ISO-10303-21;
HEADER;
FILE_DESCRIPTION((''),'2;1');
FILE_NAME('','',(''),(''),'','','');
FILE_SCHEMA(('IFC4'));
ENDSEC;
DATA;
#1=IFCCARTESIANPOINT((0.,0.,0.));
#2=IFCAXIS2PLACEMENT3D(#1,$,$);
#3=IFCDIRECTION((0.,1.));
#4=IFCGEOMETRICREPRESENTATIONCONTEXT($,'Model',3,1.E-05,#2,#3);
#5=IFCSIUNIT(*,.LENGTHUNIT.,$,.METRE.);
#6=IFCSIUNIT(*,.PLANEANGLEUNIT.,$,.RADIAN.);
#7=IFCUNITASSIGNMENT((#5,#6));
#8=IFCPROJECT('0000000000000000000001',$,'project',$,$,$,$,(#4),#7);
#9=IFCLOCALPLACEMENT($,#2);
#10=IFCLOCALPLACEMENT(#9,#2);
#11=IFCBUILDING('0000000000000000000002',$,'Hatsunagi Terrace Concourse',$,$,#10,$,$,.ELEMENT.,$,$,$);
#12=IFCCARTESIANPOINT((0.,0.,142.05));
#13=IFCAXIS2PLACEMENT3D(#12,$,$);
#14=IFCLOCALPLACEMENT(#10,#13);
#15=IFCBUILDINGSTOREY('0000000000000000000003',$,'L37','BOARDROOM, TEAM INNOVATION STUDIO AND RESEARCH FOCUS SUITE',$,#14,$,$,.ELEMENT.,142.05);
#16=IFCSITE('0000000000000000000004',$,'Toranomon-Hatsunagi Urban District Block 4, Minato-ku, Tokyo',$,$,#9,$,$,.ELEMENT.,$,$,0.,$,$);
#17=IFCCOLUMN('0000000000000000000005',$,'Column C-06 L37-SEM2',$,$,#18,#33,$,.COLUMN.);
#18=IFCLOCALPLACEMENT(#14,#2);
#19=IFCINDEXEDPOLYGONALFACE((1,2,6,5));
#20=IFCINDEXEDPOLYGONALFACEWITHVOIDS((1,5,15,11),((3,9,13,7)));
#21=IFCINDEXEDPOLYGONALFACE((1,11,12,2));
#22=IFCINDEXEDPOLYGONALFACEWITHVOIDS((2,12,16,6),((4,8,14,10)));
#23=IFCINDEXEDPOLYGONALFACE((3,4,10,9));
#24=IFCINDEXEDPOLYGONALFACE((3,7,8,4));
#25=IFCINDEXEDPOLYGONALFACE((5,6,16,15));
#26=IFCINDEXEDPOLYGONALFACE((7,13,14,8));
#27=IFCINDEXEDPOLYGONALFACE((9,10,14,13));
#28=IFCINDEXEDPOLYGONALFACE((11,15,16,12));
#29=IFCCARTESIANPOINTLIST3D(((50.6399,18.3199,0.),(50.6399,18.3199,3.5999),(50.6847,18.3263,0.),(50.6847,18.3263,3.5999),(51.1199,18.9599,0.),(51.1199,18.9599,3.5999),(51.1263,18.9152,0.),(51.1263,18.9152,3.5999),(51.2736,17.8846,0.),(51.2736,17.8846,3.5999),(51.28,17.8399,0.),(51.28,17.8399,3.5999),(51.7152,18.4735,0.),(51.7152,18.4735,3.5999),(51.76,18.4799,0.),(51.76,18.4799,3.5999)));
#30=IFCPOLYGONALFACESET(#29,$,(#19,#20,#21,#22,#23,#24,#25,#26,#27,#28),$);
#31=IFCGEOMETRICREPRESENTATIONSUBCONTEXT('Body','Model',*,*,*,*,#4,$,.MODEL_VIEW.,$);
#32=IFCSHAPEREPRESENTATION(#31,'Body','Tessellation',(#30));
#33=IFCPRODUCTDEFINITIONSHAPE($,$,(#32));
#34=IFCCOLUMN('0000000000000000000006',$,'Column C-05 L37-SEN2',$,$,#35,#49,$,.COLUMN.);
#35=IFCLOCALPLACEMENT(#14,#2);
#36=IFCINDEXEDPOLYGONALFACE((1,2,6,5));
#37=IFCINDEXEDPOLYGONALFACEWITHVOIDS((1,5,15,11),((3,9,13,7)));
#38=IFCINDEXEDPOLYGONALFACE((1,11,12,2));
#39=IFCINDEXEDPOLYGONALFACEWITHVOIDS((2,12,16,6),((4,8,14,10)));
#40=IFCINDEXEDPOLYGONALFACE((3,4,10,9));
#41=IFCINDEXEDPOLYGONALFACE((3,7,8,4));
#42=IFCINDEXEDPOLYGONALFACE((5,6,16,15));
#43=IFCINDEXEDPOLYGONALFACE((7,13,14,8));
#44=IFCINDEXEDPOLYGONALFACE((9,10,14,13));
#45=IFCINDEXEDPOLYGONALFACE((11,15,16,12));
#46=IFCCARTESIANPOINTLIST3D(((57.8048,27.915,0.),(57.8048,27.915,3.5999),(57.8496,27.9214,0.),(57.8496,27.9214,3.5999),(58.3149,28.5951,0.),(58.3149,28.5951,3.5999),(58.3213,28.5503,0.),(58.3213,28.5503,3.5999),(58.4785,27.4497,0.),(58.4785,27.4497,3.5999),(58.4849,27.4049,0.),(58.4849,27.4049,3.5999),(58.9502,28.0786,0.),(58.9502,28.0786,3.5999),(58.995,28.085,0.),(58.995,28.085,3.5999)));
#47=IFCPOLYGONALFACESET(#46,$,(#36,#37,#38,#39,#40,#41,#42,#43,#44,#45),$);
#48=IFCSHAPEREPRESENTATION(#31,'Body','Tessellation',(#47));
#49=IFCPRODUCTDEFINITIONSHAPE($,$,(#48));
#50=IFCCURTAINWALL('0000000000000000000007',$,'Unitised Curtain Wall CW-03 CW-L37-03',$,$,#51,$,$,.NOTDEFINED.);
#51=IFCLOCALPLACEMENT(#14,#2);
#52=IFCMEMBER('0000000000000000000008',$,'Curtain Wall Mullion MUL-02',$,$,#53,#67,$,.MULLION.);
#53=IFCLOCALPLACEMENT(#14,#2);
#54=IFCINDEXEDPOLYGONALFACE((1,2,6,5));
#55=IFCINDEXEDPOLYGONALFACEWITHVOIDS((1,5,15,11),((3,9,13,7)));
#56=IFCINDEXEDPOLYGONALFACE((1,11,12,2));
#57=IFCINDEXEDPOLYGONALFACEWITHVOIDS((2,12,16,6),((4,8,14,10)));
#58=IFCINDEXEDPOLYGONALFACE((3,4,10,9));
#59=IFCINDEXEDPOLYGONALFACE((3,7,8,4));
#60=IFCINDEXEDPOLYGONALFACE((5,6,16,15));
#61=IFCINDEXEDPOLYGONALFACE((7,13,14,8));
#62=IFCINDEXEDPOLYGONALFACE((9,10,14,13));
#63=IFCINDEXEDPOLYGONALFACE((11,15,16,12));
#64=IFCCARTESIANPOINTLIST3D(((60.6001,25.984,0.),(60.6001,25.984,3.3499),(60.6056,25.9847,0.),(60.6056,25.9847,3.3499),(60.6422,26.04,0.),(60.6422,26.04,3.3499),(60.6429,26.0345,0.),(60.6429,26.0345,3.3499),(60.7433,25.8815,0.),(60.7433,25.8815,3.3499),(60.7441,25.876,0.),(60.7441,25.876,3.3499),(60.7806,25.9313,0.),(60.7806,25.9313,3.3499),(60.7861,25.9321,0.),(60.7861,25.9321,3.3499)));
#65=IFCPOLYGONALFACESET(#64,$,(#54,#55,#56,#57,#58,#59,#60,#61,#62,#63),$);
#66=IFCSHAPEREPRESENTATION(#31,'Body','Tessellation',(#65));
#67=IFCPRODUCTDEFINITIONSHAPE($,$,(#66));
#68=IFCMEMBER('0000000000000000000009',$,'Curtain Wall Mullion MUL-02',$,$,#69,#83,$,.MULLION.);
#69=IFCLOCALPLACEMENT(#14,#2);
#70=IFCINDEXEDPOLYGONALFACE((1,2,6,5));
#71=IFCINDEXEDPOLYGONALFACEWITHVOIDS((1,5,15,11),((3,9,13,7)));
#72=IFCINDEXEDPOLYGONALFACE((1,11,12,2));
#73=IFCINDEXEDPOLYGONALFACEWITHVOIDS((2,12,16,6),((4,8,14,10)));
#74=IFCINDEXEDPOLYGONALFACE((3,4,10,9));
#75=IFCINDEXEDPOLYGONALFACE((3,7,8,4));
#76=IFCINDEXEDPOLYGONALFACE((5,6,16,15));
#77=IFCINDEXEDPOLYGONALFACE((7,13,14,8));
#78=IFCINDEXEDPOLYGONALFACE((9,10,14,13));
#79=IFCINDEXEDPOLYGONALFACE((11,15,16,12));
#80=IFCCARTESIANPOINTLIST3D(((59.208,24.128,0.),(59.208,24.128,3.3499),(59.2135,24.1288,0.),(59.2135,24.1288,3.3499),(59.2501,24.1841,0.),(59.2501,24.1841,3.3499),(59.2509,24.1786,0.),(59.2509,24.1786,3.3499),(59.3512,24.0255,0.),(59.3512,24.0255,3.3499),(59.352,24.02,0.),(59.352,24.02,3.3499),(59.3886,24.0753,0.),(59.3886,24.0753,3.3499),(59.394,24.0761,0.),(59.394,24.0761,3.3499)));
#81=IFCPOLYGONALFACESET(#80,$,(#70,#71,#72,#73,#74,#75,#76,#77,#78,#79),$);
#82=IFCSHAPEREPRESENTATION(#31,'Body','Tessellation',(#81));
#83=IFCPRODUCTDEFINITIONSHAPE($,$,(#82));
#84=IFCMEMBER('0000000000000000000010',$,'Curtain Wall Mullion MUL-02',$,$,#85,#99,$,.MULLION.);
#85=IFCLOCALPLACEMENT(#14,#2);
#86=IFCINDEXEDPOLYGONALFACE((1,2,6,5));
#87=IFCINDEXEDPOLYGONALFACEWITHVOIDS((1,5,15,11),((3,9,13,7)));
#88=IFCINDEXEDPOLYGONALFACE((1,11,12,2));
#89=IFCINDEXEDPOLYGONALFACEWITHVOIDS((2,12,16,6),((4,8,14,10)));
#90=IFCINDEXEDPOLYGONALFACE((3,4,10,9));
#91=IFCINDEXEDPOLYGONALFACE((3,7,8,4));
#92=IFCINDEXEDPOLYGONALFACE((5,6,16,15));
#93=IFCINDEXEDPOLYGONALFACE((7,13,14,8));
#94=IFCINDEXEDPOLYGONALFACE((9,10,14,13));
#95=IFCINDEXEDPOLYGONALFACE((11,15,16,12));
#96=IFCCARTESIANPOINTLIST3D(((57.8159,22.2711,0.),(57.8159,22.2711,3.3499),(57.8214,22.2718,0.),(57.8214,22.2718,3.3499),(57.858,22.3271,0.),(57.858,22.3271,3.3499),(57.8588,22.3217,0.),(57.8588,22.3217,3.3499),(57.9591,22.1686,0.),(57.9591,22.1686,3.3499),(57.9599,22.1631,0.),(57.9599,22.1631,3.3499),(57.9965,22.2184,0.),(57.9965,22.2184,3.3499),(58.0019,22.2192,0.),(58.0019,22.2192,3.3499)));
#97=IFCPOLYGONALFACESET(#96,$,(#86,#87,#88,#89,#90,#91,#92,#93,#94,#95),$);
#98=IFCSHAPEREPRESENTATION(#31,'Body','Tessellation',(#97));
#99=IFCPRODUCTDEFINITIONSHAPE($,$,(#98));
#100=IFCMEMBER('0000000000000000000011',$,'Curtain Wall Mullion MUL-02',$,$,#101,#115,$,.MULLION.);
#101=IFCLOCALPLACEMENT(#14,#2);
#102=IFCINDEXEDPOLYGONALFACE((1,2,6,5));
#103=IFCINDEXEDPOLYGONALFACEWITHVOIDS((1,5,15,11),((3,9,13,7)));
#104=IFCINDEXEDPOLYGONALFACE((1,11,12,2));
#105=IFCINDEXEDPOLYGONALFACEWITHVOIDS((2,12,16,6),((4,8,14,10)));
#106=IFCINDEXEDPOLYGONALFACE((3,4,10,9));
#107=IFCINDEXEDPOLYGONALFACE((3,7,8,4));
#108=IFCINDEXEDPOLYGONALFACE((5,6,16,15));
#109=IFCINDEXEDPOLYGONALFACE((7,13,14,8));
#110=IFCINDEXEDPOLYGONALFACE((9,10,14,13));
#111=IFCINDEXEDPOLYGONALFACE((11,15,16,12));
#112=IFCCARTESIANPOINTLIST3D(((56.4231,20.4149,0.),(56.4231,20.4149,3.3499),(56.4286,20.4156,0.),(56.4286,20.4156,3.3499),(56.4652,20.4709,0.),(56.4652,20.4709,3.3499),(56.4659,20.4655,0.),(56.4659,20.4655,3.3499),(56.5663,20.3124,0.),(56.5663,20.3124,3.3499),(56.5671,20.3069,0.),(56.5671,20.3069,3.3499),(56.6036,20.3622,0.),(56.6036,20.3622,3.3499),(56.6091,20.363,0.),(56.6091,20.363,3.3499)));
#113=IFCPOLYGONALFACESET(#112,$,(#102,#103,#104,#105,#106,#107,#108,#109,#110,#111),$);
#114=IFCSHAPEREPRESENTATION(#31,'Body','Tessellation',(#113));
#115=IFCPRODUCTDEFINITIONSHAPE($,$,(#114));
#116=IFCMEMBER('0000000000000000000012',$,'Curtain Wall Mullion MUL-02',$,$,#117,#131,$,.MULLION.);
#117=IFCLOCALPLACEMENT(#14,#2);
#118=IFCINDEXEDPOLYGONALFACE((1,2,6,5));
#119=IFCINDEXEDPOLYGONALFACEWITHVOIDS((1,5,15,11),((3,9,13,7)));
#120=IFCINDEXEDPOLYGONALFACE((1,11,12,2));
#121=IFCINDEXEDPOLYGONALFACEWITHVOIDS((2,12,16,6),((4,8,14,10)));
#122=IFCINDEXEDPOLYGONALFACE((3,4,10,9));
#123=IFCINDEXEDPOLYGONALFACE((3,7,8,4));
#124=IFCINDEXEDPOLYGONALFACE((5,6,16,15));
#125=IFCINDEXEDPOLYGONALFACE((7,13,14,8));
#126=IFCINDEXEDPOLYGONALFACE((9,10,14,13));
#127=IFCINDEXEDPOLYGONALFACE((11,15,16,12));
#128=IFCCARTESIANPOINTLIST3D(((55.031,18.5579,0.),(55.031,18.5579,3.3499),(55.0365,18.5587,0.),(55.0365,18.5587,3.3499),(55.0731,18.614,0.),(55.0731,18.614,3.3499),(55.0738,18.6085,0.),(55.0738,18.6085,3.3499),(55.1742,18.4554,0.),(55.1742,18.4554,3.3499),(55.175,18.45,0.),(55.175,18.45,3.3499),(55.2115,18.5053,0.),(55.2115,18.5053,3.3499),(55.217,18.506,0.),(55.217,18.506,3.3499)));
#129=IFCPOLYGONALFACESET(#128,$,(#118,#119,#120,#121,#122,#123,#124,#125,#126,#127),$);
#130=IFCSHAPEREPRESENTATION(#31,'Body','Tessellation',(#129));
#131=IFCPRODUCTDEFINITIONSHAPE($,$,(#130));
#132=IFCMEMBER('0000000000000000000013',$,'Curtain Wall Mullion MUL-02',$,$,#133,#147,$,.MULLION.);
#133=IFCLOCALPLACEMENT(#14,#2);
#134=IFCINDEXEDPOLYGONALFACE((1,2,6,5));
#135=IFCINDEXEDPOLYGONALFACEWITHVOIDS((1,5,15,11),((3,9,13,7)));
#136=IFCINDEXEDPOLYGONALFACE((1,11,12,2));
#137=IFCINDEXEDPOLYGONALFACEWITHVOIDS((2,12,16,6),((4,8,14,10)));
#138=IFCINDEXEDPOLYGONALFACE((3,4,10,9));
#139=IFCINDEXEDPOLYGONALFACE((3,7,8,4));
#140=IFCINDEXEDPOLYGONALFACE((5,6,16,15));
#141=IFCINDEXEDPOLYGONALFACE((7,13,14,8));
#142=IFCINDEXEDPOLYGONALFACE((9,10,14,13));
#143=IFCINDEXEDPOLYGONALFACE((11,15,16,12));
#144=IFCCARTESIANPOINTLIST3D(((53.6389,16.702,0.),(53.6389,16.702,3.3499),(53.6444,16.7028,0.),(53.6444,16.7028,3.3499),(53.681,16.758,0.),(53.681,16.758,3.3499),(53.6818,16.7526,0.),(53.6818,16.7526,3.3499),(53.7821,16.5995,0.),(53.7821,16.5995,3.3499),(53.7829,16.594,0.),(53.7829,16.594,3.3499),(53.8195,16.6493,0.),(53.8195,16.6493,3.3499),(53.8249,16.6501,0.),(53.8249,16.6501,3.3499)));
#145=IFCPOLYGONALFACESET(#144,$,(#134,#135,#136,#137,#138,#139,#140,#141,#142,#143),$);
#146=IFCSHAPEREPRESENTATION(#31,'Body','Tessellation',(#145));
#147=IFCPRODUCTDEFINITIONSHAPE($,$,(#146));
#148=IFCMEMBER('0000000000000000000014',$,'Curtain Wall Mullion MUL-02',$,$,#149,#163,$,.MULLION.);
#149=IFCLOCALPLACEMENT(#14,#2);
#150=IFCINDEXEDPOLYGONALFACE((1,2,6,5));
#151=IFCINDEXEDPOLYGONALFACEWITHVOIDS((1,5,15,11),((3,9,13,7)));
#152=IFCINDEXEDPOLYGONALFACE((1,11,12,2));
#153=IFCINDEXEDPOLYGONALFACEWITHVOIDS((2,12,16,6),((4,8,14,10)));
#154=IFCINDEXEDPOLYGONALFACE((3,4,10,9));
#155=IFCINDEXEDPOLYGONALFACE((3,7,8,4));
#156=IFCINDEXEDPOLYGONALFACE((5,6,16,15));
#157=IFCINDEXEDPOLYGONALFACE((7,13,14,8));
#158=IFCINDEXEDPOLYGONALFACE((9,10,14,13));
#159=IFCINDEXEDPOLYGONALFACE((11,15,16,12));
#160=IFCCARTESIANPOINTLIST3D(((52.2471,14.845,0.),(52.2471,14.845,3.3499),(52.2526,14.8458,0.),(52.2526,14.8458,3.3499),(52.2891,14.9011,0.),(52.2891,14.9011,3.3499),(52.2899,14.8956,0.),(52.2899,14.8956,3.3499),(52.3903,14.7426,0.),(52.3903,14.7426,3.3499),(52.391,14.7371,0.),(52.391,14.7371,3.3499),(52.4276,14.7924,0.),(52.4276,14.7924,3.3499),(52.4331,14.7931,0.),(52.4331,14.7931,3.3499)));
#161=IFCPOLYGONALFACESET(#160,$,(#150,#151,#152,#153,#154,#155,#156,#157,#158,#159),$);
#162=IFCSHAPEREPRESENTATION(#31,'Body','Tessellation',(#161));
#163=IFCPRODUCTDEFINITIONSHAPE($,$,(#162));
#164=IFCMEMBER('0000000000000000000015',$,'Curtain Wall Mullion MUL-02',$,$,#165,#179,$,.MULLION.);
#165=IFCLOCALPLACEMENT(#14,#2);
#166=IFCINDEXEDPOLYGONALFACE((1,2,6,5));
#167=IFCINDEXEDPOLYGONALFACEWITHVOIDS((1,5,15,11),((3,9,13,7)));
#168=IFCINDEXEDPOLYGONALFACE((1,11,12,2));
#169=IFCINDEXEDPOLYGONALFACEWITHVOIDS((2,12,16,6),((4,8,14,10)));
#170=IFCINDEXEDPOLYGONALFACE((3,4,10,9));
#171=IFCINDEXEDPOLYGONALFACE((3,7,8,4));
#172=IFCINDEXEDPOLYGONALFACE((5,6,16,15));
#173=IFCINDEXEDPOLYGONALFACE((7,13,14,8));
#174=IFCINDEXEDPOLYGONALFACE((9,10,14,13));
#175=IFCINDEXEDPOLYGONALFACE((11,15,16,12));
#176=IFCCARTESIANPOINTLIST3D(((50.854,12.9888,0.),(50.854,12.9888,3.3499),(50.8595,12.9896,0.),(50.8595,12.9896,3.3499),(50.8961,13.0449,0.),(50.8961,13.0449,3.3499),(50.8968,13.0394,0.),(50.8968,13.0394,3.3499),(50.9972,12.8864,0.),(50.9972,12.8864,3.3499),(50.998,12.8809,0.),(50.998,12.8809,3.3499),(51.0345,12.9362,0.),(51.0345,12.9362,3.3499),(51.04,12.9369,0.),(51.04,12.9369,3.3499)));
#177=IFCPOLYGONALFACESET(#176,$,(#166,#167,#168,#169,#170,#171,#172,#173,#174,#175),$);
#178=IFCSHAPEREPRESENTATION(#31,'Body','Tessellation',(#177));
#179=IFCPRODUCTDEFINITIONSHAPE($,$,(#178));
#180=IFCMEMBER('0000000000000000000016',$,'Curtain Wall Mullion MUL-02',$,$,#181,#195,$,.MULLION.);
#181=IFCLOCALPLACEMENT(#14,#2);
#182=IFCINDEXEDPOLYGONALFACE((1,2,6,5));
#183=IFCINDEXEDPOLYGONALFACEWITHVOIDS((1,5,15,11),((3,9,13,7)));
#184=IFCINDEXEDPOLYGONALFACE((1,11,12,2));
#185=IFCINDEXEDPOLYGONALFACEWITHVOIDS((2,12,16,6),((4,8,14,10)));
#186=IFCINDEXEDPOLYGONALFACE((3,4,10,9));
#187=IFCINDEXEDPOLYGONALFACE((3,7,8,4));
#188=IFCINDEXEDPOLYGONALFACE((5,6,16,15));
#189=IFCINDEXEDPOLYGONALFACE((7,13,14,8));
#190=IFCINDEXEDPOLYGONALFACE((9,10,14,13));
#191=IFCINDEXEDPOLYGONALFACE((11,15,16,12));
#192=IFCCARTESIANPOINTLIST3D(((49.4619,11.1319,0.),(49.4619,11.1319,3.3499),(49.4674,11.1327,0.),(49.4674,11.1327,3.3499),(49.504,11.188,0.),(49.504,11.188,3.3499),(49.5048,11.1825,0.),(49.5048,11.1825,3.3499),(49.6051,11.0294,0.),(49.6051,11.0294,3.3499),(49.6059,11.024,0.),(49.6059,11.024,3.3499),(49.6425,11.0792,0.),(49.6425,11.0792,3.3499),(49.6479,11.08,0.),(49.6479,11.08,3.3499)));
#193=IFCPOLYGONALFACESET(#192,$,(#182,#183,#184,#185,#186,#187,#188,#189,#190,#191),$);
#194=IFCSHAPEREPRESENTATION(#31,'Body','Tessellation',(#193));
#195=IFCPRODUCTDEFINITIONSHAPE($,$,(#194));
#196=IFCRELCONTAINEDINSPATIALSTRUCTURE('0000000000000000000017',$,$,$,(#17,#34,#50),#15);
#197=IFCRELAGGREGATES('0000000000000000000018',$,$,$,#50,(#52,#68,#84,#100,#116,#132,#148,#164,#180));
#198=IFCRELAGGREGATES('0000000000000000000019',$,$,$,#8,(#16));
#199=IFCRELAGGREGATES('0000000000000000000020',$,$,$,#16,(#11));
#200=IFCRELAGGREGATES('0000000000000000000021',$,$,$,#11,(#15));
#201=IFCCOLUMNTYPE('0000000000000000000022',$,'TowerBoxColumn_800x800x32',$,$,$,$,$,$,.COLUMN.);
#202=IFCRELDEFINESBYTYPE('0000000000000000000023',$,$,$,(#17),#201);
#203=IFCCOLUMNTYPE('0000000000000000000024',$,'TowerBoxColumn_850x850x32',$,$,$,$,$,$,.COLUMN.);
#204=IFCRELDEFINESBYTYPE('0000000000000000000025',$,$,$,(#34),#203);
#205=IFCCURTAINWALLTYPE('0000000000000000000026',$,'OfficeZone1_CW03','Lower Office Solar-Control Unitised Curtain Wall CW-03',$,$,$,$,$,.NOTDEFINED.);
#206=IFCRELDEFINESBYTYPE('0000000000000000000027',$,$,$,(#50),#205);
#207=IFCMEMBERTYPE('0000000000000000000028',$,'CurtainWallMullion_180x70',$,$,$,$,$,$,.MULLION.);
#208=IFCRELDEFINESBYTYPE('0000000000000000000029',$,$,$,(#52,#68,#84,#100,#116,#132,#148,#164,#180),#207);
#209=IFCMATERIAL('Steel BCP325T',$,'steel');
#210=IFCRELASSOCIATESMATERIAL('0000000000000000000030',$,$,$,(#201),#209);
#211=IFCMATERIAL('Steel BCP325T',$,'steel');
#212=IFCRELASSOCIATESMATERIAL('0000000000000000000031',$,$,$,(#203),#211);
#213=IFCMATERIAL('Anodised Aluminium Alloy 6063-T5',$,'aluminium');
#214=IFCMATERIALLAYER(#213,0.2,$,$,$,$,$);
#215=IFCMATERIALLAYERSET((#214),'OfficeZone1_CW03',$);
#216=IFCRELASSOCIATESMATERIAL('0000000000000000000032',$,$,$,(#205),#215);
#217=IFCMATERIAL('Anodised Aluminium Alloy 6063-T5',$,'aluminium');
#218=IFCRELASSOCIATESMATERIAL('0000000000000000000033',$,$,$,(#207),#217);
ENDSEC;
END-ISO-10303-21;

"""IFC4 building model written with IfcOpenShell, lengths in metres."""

from ifc_helpers import new_model, si_unit, direction, frame, origin, origin_2d, place, context, subcontext, project, spatial, hollow_rectangle, extrude, material, layer, layer_set, material_profile, profile_set, type_object, element, aggregate, save


model = new_model("IFC4")

# Units and contexts
model_context = context("Model", 3, precision=1e-05, world=origin(), true_north=direction((0.0, 1.0)))
body_context = subcontext(model_context, "Body", "Model", "MODEL_VIEW")
ifc_project = project(units=[si_unit("LENGTHUNIT", "METRE"), si_unit("PLANEANGLEUNIT", "RADIAN")], contexts=[model_context])

# Site, building, storey
site_placement = place(None, origin())
site = spatial("IfcSite", under=ifc_project, at=site_placement, Name="Toranomon-Hatsunagi Urban District Block 4, Minato-ku, Tokyo", CompositionType="ELEMENT", RefElevation=0.0)
building_placement = place(site_placement, origin())
building = spatial("IfcBuilding", under=site, at=building_placement, Name="Hatsunagi Terrace Concourse", CompositionType="ELEMENT")
storey_placement = place(building_placement, frame((0.0, 0.0, 142.05)))
storey = spatial("IfcBuildingStorey", under=building, at=storey_placement, Name="L37", Description="BOARDROOM, TEAM INNOVATION STUDIO AND RESEARCH FOCUS SUITE", CompositionType="ELEMENT", Elevation=142.05)

# Columns
ifc_material_1 = material(Name="Steel BCP325T", Category="steel")
ifc_material_profile_1 = material_profile(ifc_material_1, hollow_rectangle(XDim=0.8, YDim=0.8, WallThickness=0.032, at=origin_2d()), Name="BCP-800x800x32")
ifc_profile_set_1 = profile_set([ifc_material_profile_1], Name="Steel BCP325T")
column_type_1 = type_object("IfcColumnType", Name="TowerBoxColumn_800x800x32", PredefinedType="COLUMN", material=ifc_profile_set_1)
column_1_placement = place(storey_placement, frame((51.2, 18.3999, 0.0), z_axis=(0.0, 0.0, 1.0), x_axis=(0.8, -0.6, 0.0)))
element("IfcColumn", 1, at=column_1_placement, inside=storey, type_object=column_type_1, Name="Column C-06 L37-SEM2", PredefinedType="COLUMN", context=body_context, shape_type="SweptSolid", body=[
    extrude(hollow_rectangle(XDim=0.8, YDim=0.8, WallThickness=0.032, at=origin_2d()), origin(), (0.0, 0.0, 1.0), 3.5999),
])
ifc_material_2 = material(Name="Steel BCP325T", Category="steel")
ifc_material_profile_2 = material_profile(ifc_material_2, hollow_rectangle(XDim=0.8501, YDim=0.8501, WallThickness=0.032, at=origin_2d()), Name="BCP-850x850x32")
ifc_profile_set_2 = profile_set([ifc_material_profile_2], Name="Steel BCP325T")
column_type_2 = type_object("IfcColumnType", Name="TowerBoxColumn_850x850x32", PredefinedType="COLUMN", material=ifc_profile_set_2)
column_2_placement = place(storey_placement, frame((58.3999, 28.0, 0.0), z_axis=(0.0, 0.0, 1.0), x_axis=(0.8, -0.6, 0.0)))
element("IfcColumn", 2, at=column_2_placement, inside=storey, type_object=column_type_2, Name="Column C-05 L37-SEN2", PredefinedType="COLUMN", context=body_context, shape_type="SweptSolid", body=[
    extrude(hollow_rectangle(XDim=0.8501, YDim=0.8501, WallThickness=0.032, at=origin_2d()), origin(), (0.0, 0.0, 1.0), 3.5999),
])

# Curtain wall, members
ifc_material_3 = material(Name="Anodised Aluminium Alloy 6063-T5", Category="aluminium")
ifc_layer_1 = layer(ifc_material_3, 0.2)
ifc_layer_set_1 = layer_set([ifc_layer_1], Name="OfficeZone1_CW03")
curtain_wall_type = type_object("IfcCurtainWallType", Name="OfficeZone1_CW03", Description="Lower Office Solar-Control Unitised Curtain Wall CW-03", PredefinedType="NOTDEFINED", material=ifc_layer_set_1)
curtain_wall_placement = place(storey_placement, origin())
curtain_wall = element("IfcCurtainWall", 3, at=curtain_wall_placement, inside=storey, type_object=curtain_wall_type, Name="Unitised Curtain Wall CW-03 CW-L37-03", PredefinedType="NOTDEFINED")
ifc_material_4 = material(Name="Anodised Aluminium Alloy 6063-T5", Category="aluminium")
ifc_material_profile_3 = material_profile(ifc_material_4, hollow_rectangle(XDim=0.0701, YDim=0.1799, WallThickness=0.0039, at=origin_2d()), Name="ALU-MUL-180x70x4")
ifc_profile_set_3 = profile_set([ifc_material_profile_3], Name="Anodised Aluminium Alloy 6063-T5")
member_type_1 = type_object("IfcMemberType", Name="CurtainWallMullion_180x70", PredefinedType="MULLION", material=ifc_profile_set_3)
member_1_placement = place(storey_placement, frame((60.6931, 25.958, 0.0), z_axis=(0.0, 0.0, 1.0), x_axis=(-0.599969, -0.800023, 0.0)))
member_1 = element("IfcMember", 4, at=member_1_placement, type_object=member_type_1, Name="Curtain Wall Mullion MUL-02", PredefinedType="MULLION", context=body_context, shape_type="SweptSolid", body=[
    extrude(hollow_rectangle(XDim=0.0701, YDim=0.1799, WallThickness=0.0039, at=origin_2d()), origin(), (0.0, 0.0, 1.0), 3.3499),
])
member_2_placement = place(storey_placement, frame((59.301, 24.1021, 0.0), z_axis=(0.0, 0.0, 1.0), x_axis=(-0.599969, -0.800023, 0.0)))
member_2 = element("IfcMember", 5, at=member_2_placement, type_object=member_type_1, Name="Curtain Wall Mullion MUL-02", PredefinedType="MULLION", context=body_context, shape_type="SweptSolid", body=[
    extrude(hollow_rectangle(XDim=0.0701, YDim=0.1799, WallThickness=0.0039, at=origin_2d()), origin(), (0.0, 0.0, 1.0), 3.3499),
])
member_3_placement = place(storey_placement, frame((57.9089, 22.2451, 0.0), z_axis=(0.0, 0.0, 1.0), x_axis=(-0.599969, -0.800023, 0.0)))
member_3 = element("IfcMember", 6, at=member_3_placement, type_object=member_type_1, Name="Curtain Wall Mullion MUL-02", PredefinedType="MULLION", context=body_context, shape_type="SweptSolid", body=[
    extrude(hollow_rectangle(XDim=0.0701, YDim=0.1799, WallThickness=0.0039, at=origin_2d()), origin(), (0.0, 0.0, 1.0), 3.3499),
])
member_4_placement = place(storey_placement, frame((56.5161, 20.3889, 0.0), z_axis=(0.0, 0.0, 1.0), x_axis=(-0.599969, -0.800023, 0.0)))
member_4 = element("IfcMember", 7, at=member_4_placement, type_object=member_type_1, Name="Curtain Wall Mullion MUL-02", PredefinedType="MULLION", context=body_context, shape_type="SweptSolid", body=[
    extrude(hollow_rectangle(XDim=0.0701, YDim=0.1799, WallThickness=0.0039, at=origin_2d()), origin(), (0.0, 0.0, 1.0), 3.3499),
])
member_5_placement = place(storey_placement, frame((55.124, 18.532, 0.0), z_axis=(0.0, 0.0, 1.0), x_axis=(-0.599969, -0.800023, 0.0)))
member_5 = element("IfcMember", 8, at=member_5_placement, type_object=member_type_1, Name="Curtain Wall Mullion MUL-02", PredefinedType="MULLION", context=body_context, shape_type="SweptSolid", body=[
    extrude(hollow_rectangle(XDim=0.0701, YDim=0.1799, WallThickness=0.0039, at=origin_2d()), origin(), (0.0, 0.0, 1.0), 3.3499),
])
member_6_placement = place(storey_placement, frame((53.7319, 16.676, 0.0), z_axis=(0.0, 0.0, 1.0), x_axis=(-0.599969, -0.800023, 0.0)))
member_6 = element("IfcMember", 9, at=member_6_placement, type_object=member_type_1, Name="Curtain Wall Mullion MUL-02", PredefinedType="MULLION", context=body_context, shape_type="SweptSolid", body=[
    extrude(hollow_rectangle(XDim=0.0701, YDim=0.1799, WallThickness=0.0039, at=origin_2d()), origin(), (0.0, 0.0, 1.0), 3.3499),
])
member_7_placement = place(storey_placement, frame((52.3401, 14.8191, 0.0), z_axis=(0.0, 0.0, 1.0), x_axis=(-0.599969, -0.800023, 0.0)))
member_7 = element("IfcMember", 10, at=member_7_placement, type_object=member_type_1, Name="Curtain Wall Mullion MUL-02", PredefinedType="MULLION", context=body_context, shape_type="SweptSolid", body=[
    extrude(hollow_rectangle(XDim=0.0701, YDim=0.1799, WallThickness=0.0039, at=origin_2d()), origin(), (0.0, 0.0, 1.0), 3.3499),
])
member_8_placement = place(storey_placement, frame((50.947, 12.9629, 0.0), z_axis=(0.0, 0.0, 1.0), x_axis=(-0.599969, -0.800023, 0.0)))
member_8 = element("IfcMember", 11, at=member_8_placement, type_object=member_type_1, Name="Curtain Wall Mullion MUL-02", PredefinedType="MULLION", context=body_context, shape_type="SweptSolid", body=[
    extrude(hollow_rectangle(XDim=0.0701, YDim=0.1799, WallThickness=0.0039, at=origin_2d()), origin(), (0.0, 0.0, 1.0), 3.3499),
])
member_9_placement = place(storey_placement, frame((49.5549, 11.106, 0.0), z_axis=(0.0, 0.0, 1.0), x_axis=(-0.599969, -0.800023, 0.0)))
member_9 = element("IfcMember", 12, at=member_9_placement, type_object=member_type_1, Name="Curtain Wall Mullion MUL-02", PredefinedType="MULLION", context=body_context, shape_type="SweptSolid", body=[
    extrude(hollow_rectangle(XDim=0.0701, YDim=0.1799, WallThickness=0.0039, at=origin_2d()), origin(), (0.0, 0.0, 1.0), 3.3499),
])

aggregate(curtain_wall, [member_1, member_2, member_3, member_4, member_5, member_6, member_7, member_8, member_9])

save(model, "model.ifc")
